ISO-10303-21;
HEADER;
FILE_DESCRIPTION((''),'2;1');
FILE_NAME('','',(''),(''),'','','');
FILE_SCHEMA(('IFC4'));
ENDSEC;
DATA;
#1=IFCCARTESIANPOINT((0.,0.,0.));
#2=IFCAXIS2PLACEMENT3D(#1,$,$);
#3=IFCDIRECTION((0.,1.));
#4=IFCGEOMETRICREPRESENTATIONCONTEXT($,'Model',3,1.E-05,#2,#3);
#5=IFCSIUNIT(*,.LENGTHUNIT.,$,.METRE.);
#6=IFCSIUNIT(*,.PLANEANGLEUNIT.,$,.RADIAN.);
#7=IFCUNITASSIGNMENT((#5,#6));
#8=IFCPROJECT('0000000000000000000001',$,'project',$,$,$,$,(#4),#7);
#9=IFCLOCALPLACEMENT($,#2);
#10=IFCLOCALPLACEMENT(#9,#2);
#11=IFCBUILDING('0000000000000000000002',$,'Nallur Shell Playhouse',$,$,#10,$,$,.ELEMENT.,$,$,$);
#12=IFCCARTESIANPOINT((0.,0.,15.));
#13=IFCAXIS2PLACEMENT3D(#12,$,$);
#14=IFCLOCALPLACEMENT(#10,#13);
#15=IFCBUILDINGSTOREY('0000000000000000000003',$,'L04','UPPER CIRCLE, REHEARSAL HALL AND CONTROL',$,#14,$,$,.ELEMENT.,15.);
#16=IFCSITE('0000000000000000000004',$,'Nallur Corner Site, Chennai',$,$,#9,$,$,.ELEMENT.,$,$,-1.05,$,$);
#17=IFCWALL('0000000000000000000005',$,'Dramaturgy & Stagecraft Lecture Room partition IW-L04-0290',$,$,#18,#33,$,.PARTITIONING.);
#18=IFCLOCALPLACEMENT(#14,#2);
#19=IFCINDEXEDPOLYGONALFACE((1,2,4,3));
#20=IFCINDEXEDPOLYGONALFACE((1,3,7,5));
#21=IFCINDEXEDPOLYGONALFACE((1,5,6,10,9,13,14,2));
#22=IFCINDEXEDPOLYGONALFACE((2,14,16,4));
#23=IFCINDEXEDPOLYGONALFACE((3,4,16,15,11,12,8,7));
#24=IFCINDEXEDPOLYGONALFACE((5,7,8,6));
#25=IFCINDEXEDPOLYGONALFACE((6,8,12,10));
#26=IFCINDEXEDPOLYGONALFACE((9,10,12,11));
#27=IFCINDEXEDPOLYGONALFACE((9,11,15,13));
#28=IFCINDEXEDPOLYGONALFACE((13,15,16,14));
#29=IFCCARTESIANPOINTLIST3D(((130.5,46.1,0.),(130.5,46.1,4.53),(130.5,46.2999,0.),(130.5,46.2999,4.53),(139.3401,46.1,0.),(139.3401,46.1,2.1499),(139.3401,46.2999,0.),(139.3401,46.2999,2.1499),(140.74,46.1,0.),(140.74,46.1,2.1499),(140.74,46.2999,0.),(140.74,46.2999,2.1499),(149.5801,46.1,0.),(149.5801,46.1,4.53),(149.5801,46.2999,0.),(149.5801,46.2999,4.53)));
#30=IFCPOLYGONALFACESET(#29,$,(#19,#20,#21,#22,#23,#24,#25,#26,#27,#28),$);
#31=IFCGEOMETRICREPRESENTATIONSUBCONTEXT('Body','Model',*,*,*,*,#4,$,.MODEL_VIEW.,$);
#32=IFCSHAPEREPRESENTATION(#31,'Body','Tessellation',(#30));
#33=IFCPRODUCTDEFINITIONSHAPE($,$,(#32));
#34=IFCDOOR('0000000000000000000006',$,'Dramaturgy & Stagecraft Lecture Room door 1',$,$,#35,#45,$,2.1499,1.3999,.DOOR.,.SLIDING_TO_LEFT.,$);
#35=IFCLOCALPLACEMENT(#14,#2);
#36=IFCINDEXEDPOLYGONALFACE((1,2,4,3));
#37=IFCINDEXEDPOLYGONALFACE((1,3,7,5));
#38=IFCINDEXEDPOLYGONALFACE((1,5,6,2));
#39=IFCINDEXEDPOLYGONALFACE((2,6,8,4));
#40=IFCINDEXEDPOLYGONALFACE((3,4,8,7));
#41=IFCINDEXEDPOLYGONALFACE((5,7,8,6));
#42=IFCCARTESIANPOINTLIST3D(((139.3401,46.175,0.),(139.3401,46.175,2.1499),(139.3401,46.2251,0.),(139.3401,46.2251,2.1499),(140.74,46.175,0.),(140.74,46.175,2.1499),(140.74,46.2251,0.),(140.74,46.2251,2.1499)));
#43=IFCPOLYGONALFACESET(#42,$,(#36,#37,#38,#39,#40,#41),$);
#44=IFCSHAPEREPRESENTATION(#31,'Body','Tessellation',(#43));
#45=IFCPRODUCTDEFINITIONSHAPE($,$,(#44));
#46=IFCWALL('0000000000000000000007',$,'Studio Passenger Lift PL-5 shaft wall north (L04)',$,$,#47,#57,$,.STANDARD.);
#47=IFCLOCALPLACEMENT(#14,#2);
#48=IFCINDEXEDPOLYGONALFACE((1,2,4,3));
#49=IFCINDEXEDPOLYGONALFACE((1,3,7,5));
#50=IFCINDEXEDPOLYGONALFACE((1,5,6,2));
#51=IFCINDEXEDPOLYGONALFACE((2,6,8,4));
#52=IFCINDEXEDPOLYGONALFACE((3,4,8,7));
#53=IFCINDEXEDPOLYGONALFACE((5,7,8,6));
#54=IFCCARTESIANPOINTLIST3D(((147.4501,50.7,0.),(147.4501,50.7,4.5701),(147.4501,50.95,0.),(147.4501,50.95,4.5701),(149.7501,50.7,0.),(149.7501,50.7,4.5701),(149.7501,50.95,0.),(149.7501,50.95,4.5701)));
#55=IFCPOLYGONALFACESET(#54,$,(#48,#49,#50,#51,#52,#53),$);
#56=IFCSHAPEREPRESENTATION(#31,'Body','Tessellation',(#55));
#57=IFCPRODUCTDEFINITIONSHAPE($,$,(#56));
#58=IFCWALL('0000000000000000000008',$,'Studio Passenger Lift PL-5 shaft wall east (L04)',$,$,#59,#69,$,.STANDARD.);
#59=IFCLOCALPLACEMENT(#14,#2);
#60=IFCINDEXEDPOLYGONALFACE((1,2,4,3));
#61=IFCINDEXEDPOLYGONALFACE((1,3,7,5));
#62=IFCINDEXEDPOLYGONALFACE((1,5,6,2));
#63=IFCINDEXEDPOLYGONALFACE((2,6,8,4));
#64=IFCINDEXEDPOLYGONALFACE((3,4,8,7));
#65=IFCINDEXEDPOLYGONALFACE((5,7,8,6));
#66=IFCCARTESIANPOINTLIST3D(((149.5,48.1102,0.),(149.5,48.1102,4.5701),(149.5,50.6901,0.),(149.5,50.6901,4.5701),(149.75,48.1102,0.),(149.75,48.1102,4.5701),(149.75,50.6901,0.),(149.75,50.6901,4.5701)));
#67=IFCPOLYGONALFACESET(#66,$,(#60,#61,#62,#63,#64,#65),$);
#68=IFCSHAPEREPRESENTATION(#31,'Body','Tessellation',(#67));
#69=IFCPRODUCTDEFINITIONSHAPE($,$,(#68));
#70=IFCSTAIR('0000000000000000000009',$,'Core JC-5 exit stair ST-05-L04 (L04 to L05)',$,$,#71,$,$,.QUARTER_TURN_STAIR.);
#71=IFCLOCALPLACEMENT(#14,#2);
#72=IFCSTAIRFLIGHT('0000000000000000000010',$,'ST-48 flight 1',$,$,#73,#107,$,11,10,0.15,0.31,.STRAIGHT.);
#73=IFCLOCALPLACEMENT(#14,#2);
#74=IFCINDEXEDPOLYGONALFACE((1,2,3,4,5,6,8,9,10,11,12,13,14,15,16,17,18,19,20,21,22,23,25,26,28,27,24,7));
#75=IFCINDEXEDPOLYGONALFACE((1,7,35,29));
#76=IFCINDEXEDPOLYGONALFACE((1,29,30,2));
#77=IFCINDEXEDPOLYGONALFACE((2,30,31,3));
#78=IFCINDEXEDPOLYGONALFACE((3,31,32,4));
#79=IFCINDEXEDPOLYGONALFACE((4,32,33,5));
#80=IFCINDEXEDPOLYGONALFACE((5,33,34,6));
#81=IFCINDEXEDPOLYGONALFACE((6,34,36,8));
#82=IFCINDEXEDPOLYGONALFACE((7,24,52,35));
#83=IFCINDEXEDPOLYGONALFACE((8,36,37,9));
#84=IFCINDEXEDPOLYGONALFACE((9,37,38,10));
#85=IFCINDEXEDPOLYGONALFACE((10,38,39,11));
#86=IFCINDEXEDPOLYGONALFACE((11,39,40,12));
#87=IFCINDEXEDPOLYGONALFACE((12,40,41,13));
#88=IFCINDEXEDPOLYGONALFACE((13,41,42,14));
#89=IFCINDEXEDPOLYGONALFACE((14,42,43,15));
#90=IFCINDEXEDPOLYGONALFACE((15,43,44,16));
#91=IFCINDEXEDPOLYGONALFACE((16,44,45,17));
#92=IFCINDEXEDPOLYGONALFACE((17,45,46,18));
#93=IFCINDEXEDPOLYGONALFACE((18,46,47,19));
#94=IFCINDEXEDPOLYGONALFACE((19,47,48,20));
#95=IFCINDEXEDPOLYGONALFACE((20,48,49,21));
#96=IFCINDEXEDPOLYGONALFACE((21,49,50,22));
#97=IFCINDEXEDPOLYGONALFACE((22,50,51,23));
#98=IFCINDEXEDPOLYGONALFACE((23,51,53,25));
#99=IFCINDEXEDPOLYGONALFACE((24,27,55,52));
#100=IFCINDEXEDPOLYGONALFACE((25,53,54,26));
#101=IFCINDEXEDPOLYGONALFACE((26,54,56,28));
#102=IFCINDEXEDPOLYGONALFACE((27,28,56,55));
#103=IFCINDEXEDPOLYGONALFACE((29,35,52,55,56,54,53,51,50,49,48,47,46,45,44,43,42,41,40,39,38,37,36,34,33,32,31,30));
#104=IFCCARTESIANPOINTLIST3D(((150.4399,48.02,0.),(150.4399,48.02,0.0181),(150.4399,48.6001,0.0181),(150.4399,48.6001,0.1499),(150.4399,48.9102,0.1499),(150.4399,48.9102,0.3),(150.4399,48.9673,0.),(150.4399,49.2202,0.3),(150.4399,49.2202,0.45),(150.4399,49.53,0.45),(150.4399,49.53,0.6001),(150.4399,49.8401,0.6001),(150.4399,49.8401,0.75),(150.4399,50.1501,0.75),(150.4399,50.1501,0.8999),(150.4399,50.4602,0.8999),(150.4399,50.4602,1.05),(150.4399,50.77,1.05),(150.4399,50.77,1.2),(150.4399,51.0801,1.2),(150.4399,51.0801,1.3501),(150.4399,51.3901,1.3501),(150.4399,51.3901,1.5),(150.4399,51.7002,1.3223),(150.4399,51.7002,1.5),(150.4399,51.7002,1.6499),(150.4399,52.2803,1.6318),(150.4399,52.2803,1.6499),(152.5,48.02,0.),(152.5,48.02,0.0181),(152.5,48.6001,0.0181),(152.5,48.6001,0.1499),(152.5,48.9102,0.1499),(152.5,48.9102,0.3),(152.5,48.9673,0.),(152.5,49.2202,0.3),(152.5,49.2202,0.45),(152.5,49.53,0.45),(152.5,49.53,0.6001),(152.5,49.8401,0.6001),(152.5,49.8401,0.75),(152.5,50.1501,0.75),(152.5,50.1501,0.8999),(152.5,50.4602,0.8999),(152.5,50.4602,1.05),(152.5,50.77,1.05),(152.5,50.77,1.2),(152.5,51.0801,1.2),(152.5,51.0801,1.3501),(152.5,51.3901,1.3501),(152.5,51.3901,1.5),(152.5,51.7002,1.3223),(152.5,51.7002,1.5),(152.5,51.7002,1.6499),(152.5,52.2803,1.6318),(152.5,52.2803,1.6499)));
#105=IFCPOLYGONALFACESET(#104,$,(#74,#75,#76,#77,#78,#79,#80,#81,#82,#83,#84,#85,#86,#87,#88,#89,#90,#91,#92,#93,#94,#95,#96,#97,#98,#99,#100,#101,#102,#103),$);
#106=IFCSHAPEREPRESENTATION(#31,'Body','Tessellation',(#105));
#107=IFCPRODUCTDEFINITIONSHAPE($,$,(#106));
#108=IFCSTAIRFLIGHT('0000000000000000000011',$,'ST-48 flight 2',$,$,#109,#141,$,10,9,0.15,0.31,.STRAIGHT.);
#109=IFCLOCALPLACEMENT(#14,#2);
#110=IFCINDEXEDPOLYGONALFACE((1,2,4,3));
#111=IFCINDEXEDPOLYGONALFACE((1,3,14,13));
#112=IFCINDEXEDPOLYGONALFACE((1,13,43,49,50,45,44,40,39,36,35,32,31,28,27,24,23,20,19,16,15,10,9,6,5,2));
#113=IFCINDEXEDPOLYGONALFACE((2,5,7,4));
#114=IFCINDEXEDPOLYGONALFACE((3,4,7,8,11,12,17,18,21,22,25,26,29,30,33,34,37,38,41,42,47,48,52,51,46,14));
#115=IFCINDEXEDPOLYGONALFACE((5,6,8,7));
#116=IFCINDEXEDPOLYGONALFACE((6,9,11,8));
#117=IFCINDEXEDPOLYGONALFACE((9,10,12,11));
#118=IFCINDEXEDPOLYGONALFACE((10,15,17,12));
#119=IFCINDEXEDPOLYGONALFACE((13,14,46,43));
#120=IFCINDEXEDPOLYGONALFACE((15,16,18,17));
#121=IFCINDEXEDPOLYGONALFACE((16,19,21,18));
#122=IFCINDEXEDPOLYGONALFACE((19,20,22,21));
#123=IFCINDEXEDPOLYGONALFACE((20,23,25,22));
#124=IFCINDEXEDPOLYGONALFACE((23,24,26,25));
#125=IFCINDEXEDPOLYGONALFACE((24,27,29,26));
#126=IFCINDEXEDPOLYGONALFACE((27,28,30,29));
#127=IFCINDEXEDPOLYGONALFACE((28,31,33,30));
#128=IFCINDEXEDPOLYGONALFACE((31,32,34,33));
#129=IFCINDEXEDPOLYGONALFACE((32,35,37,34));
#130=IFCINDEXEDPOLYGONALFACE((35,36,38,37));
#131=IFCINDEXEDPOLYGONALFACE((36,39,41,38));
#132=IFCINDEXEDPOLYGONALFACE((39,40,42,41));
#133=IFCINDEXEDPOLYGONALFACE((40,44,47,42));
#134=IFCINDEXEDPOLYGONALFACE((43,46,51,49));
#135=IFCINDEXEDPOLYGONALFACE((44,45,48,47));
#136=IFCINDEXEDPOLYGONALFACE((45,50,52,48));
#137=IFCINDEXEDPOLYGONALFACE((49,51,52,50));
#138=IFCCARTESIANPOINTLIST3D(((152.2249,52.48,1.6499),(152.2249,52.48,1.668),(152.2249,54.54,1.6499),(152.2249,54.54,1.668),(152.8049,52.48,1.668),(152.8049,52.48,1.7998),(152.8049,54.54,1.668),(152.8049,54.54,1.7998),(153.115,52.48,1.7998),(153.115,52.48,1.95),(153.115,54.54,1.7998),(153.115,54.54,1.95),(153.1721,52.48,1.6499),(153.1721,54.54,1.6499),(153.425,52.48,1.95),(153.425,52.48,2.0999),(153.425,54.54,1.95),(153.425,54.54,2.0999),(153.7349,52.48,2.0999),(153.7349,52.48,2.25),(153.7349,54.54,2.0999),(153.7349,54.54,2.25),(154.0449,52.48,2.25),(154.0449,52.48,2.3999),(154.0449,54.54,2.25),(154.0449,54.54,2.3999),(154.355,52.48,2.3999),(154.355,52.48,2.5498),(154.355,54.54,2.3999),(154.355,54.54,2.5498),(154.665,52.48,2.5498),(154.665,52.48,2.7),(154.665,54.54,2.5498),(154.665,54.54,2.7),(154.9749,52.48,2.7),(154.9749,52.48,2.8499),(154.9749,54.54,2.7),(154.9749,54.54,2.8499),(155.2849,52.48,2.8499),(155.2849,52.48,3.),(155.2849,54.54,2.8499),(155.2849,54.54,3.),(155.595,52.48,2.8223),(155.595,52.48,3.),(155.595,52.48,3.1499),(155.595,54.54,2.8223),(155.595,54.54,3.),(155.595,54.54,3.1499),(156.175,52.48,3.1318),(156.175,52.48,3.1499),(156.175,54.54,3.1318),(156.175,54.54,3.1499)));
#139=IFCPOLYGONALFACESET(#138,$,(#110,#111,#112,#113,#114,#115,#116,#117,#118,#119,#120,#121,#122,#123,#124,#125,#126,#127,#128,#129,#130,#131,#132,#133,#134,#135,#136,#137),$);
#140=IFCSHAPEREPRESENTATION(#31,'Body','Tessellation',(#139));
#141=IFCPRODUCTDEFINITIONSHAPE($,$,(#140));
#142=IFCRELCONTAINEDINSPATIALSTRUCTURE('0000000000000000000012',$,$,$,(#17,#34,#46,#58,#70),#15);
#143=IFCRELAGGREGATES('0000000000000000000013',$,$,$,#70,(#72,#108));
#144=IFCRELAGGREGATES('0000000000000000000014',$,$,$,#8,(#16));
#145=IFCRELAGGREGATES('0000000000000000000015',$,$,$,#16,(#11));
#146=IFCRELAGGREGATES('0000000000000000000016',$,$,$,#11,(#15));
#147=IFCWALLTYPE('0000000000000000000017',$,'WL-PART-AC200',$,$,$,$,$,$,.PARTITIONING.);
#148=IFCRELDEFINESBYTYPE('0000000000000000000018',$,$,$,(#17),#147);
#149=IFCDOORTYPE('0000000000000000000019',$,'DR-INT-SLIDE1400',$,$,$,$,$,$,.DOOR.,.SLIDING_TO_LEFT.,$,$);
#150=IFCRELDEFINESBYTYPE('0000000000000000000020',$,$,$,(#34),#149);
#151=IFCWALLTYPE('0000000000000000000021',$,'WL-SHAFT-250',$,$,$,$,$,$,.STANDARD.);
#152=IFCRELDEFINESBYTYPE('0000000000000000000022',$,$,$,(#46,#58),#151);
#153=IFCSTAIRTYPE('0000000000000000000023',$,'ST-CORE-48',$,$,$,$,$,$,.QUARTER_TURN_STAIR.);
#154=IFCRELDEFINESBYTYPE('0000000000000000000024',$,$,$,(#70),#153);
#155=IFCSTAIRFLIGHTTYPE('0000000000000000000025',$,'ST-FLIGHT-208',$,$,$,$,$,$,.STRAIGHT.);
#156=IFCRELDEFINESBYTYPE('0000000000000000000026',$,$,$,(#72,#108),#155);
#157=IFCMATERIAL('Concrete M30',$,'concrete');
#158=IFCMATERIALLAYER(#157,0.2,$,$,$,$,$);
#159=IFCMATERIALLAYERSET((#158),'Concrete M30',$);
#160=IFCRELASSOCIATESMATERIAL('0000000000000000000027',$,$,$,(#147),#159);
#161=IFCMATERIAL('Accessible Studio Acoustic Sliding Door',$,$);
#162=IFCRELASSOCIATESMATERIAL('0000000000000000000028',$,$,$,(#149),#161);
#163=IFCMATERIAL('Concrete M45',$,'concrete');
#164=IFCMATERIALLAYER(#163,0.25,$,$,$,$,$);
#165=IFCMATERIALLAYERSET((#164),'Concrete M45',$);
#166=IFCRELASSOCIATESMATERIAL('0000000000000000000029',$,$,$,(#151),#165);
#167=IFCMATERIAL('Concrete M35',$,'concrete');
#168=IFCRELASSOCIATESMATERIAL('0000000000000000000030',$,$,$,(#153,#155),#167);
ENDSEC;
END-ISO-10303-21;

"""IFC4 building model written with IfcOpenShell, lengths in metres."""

from ifc_helpers import new_model, si_unit, direction, frame, frame_2d, origin, place, context, subcontext, project, spatial, polyline, rectangle, outline, extrude, material, layer, layer_set, type_object, element, fill, aggregate, save


model = new_model("IFC4")

# Units and contexts
model_context = context("Model", 3, precision=1e-05, world=origin(), true_north=direction((0.0, 1.0)))
body_context = subcontext(model_context, "Body", "Model", "MODEL_VIEW")
ifc_project = project(units=[si_unit("LENGTHUNIT", "METRE"), si_unit("PLANEANGLEUNIT", "RADIAN")], contexts=[model_context])

# Site, building, storey
site_placement = place(None, origin())
site = spatial("IfcSite", under=ifc_project, at=site_placement, Name="Nallur Corner Site, Chennai", CompositionType="ELEMENT", RefElevation=-1.05)
building_placement = place(site_placement, origin())
building = spatial("IfcBuilding", under=site, at=building_placement, Name="Nallur Shell Playhouse", CompositionType="ELEMENT")
storey_placement = place(building_placement, frame((0.0, 0.0, 15.0)))
storey = spatial("IfcBuildingStorey", under=building, at=storey_placement, Name="L04", Description="UPPER CIRCLE, REHEARSAL HALL AND CONTROL", CompositionType="ELEMENT", Elevation=15.0)

# Shared definitions
ifc_material_1 = material(Name="Concrete M35", Category="concrete")

# Shared definitions
ifc_material_2 = material(Name="Concrete M45", Category="concrete")

# Wall, opening, door
ifc_material_3 = material(Name="Concrete M30", Category="concrete")
ifc_layer_1 = layer(ifc_material_3, 0.2)
ifc_layer_set_1 = layer_set([ifc_layer_1], Name="Concrete M30")
wall_type_1 = type_object("IfcWallType", Name="WL-PART-AC200", PredefinedType="PARTITIONING", material=ifc_layer_set_1)
wall_1_placement = place(storey_placement, frame((149.5801, 46.2, 0.0), z_axis=(0.0, 0.0, 1.0), x_axis=(-1.0, 0.0, 0.0)))
wall_1 = element("IfcWall", 1, at=wall_1_placement, inside=storey, type_object=wall_type_1, Name="Dramaturgy & Stagecraft Lecture Room partition IW-L04-0290", PredefinedType="PARTITIONING", context=body_context, shape_type="SweptSolid", body=[
    extrude(rectangle(XDim=19.0801, YDim=0.2, at=frame_2d((9.54, 0.0))), origin(), (0.0, 0.0, 1.0), 4.53),
])
opening_1_placement = place(wall_1_placement, frame((8.8401, 0.0, 0.0)))
opening_1 = element("IfcOpeningElement", 2, at=opening_1_placement, cuts=wall_1, PredefinedType="OPENING", context=body_context, shape_type="SweptSolid", body=[
    extrude(rectangle(XDim=1.3999, YDim=2.1499, at=frame_2d((0.7, 1.075))), frame((0.0, 0.1099, 0.0), z_axis=(0.0, -1.0, 0.0), x_axis=(1.0, 0.0, 0.0)), (0.0, 0.0, 1.0), 0.22),
])
ifc_material_4 = material(Name="Accessible Studio Acoustic Sliding Door")
door_type_1 = type_object("IfcDoorType", Name="DR-INT-SLIDE1400", OperationType="SLIDING_TO_LEFT", PredefinedType="DOOR", material=ifc_material_4)
door_1_placement = place(opening_1_placement, origin())
door_1 = element("IfcDoor", 3, at=door_1_placement, inside=storey, type_object=door_type_1, Name="Dramaturgy & Stagecraft Lecture Room door 1", OperationType="SLIDING_TO_LEFT", OverallHeight=2.1499, OverallWidth=1.3999, PredefinedType="DOOR", context=body_context, shape_type="SweptSolid", body=[
    extrude(rectangle(XDim=1.3999, YDim=2.1499, at=frame_2d((0.7, 1.075))), frame((0.0, 0.0249, 0.0), z_axis=(0.0, -1.0, 0.0), x_axis=(1.0, 0.0, 0.0)), (0.0, 0.0, 1.0), 0.05),
])
fill(opening_1, door_1)

# Walls
ifc_layer_2 = layer(ifc_material_2, 0.25)
ifc_layer_set_2 = layer_set([ifc_layer_2], Name="Concrete M45")
wall_type_2 = type_object("IfcWallType", Name="WL-SHAFT-250", PredefinedType="STANDARD", material=ifc_layer_set_2)
wall_2_placement = place(storey_placement, frame((149.75, 50.825, 0.0), z_axis=(0.0, 0.0, 1.0), x_axis=(-1.0, 0.0, 0.0)))
element("IfcWall", 4, at=wall_2_placement, inside=storey, type_object=wall_type_2, Name="Studio Passenger Lift PL-5 shaft wall north (L04)", PredefinedType="STANDARD", context=body_context, shape_type="SweptSolid", body=[
    extrude(rectangle(XDim=2.3, YDim=0.25, at=frame_2d((1.1499, 0.0))), origin(), (0.0, 0.0, 1.0), 4.5701),
])
wall_3_placement = place(storey_placement, frame((149.625, 48.1101, 0.0), z_axis=(0.0, 0.0, 1.0), x_axis=(0.0, 1.0, 0.0)))
element("IfcWall", 5, at=wall_3_placement, inside=storey, type_object=wall_type_2, Name="Studio Passenger Lift PL-5 shaft wall east (L04)", PredefinedType="STANDARD", context=body_context, shape_type="SweptSolid", body=[
    extrude(rectangle(XDim=2.5798, YDim=0.25, at=frame_2d((1.29, 0.0))), origin(), (0.0, 0.0, 1.0), 4.5701),
])

# Stair, stair flights
stair_type = type_object("IfcStairType", Name="ST-CORE-48", PredefinedType="QUARTER_TURN_STAIR", material=ifc_material_1)
stair_placement = place(storey_placement, origin())
stair = element("IfcStair", 6, at=stair_placement, inside=storey, type_object=stair_type, Name="Core JC-5 exit stair ST-05-L04 (L04 to L05)", PredefinedType="QUARTER_TURN_STAIR")
stair_flight_type = type_object("IfcStairFlightType", Name="ST-FLIGHT-208", PredefinedType="STRAIGHT", material=ifc_material_1)
stair_flight_1_placement = place(storey_placement, frame((151.47, 48.6001, 0.0), z_axis=(0.0, 0.0, 1.0), x_axis=(0.0, 1.0, 0.0)))
stair_flight_1 = element("IfcStairFlight", 7, at=stair_flight_1_placement, type_object=stair_flight_type, Name="ST-48 flight 1", NumberOfRisers=11, NumberOfTreads=10, PredefinedType="STRAIGHT", RiserHeight=0.15, TreadLength=0.31, context=body_context, shape_type="SweptSolid", body=[
    extrude(outline(polyline([(-0.5801, 0.0), (-0.5801, 0.0181), (0.0, 0.0181), (0.0, 0.1499), (0.3101, 0.1499), (0.3101, 0.3), (0.6201, 0.3), (0.6201, 0.45), (0.9299, 0.45), (0.9299, 0.6001), (1.24, 0.6001), (1.24, 0.75), (1.55, 0.75), (1.55, 0.8999), (1.8601, 0.8999), (1.8601, 1.05), (2.1699, 1.05), (2.1699, 1.2), (2.48, 1.2), (2.48, 1.3501), (2.79, 1.3501), (2.79, 1.5), (3.1001, 1.5), (3.1001, 1.6499), (3.6802, 1.6499), (3.6802, 1.6318), (3.1001, 1.3223), (0.3672, 0.0), (-0.5801, 0.0)])), frame((0.0, 1.03, 0.0), z_axis=(0.0, -1.0, 0.0), x_axis=(1.0, 0.0, 0.0)), (0.0, 0.0, 1.0), 2.0601),
])
stair_flight_2_placement = place(storey_placement, frame((152.8049, 53.51, 1.6499), z_axis=(0.0, 0.0, 1.0), x_axis=(1.0, 0.0, 0.0)))
stair_flight_2 = element("IfcStairFlight", 8, at=stair_flight_2_placement, type_object=stair_flight_type, Name="ST-48 flight 2", NumberOfRisers=10, NumberOfTreads=9, PredefinedType="STRAIGHT", RiserHeight=0.15, TreadLength=0.31, context=body_context, shape_type="SweptSolid", body=[
    extrude(outline(polyline([(-0.5801, 0.0), (-0.5801, 0.0181), (0.0, 0.0181), (0.0, 0.1499), (0.3101, 0.1499), (0.3101, 0.3), (0.6201, 0.3), (0.6201, 0.45), (0.9299, 0.45), (0.9299, 0.6001), (1.24, 0.6001), (1.24, 0.75), (1.55, 0.75), (1.55, 0.8999), (1.8601, 0.8999), (1.8601, 1.05), (2.1699, 1.05), (2.1699, 1.2), (2.48, 1.2), (2.48, 1.3501), (2.79, 1.3501), (2.79, 1.5), (3.3701, 1.5), (3.3701, 1.4819), (2.79, 1.1724), (0.3672, 0.0), (-0.5801, 0.0)])), frame((0.0, 1.03, 0.0), z_axis=(0.0, -1.0, 0.0), x_axis=(1.0, 0.0, 0.0)), (0.0, 0.0, 1.0), 2.0601),
])
aggregate(stair, [stair_flight_1, stair_flight_2])

save(model, "model.ifc")
